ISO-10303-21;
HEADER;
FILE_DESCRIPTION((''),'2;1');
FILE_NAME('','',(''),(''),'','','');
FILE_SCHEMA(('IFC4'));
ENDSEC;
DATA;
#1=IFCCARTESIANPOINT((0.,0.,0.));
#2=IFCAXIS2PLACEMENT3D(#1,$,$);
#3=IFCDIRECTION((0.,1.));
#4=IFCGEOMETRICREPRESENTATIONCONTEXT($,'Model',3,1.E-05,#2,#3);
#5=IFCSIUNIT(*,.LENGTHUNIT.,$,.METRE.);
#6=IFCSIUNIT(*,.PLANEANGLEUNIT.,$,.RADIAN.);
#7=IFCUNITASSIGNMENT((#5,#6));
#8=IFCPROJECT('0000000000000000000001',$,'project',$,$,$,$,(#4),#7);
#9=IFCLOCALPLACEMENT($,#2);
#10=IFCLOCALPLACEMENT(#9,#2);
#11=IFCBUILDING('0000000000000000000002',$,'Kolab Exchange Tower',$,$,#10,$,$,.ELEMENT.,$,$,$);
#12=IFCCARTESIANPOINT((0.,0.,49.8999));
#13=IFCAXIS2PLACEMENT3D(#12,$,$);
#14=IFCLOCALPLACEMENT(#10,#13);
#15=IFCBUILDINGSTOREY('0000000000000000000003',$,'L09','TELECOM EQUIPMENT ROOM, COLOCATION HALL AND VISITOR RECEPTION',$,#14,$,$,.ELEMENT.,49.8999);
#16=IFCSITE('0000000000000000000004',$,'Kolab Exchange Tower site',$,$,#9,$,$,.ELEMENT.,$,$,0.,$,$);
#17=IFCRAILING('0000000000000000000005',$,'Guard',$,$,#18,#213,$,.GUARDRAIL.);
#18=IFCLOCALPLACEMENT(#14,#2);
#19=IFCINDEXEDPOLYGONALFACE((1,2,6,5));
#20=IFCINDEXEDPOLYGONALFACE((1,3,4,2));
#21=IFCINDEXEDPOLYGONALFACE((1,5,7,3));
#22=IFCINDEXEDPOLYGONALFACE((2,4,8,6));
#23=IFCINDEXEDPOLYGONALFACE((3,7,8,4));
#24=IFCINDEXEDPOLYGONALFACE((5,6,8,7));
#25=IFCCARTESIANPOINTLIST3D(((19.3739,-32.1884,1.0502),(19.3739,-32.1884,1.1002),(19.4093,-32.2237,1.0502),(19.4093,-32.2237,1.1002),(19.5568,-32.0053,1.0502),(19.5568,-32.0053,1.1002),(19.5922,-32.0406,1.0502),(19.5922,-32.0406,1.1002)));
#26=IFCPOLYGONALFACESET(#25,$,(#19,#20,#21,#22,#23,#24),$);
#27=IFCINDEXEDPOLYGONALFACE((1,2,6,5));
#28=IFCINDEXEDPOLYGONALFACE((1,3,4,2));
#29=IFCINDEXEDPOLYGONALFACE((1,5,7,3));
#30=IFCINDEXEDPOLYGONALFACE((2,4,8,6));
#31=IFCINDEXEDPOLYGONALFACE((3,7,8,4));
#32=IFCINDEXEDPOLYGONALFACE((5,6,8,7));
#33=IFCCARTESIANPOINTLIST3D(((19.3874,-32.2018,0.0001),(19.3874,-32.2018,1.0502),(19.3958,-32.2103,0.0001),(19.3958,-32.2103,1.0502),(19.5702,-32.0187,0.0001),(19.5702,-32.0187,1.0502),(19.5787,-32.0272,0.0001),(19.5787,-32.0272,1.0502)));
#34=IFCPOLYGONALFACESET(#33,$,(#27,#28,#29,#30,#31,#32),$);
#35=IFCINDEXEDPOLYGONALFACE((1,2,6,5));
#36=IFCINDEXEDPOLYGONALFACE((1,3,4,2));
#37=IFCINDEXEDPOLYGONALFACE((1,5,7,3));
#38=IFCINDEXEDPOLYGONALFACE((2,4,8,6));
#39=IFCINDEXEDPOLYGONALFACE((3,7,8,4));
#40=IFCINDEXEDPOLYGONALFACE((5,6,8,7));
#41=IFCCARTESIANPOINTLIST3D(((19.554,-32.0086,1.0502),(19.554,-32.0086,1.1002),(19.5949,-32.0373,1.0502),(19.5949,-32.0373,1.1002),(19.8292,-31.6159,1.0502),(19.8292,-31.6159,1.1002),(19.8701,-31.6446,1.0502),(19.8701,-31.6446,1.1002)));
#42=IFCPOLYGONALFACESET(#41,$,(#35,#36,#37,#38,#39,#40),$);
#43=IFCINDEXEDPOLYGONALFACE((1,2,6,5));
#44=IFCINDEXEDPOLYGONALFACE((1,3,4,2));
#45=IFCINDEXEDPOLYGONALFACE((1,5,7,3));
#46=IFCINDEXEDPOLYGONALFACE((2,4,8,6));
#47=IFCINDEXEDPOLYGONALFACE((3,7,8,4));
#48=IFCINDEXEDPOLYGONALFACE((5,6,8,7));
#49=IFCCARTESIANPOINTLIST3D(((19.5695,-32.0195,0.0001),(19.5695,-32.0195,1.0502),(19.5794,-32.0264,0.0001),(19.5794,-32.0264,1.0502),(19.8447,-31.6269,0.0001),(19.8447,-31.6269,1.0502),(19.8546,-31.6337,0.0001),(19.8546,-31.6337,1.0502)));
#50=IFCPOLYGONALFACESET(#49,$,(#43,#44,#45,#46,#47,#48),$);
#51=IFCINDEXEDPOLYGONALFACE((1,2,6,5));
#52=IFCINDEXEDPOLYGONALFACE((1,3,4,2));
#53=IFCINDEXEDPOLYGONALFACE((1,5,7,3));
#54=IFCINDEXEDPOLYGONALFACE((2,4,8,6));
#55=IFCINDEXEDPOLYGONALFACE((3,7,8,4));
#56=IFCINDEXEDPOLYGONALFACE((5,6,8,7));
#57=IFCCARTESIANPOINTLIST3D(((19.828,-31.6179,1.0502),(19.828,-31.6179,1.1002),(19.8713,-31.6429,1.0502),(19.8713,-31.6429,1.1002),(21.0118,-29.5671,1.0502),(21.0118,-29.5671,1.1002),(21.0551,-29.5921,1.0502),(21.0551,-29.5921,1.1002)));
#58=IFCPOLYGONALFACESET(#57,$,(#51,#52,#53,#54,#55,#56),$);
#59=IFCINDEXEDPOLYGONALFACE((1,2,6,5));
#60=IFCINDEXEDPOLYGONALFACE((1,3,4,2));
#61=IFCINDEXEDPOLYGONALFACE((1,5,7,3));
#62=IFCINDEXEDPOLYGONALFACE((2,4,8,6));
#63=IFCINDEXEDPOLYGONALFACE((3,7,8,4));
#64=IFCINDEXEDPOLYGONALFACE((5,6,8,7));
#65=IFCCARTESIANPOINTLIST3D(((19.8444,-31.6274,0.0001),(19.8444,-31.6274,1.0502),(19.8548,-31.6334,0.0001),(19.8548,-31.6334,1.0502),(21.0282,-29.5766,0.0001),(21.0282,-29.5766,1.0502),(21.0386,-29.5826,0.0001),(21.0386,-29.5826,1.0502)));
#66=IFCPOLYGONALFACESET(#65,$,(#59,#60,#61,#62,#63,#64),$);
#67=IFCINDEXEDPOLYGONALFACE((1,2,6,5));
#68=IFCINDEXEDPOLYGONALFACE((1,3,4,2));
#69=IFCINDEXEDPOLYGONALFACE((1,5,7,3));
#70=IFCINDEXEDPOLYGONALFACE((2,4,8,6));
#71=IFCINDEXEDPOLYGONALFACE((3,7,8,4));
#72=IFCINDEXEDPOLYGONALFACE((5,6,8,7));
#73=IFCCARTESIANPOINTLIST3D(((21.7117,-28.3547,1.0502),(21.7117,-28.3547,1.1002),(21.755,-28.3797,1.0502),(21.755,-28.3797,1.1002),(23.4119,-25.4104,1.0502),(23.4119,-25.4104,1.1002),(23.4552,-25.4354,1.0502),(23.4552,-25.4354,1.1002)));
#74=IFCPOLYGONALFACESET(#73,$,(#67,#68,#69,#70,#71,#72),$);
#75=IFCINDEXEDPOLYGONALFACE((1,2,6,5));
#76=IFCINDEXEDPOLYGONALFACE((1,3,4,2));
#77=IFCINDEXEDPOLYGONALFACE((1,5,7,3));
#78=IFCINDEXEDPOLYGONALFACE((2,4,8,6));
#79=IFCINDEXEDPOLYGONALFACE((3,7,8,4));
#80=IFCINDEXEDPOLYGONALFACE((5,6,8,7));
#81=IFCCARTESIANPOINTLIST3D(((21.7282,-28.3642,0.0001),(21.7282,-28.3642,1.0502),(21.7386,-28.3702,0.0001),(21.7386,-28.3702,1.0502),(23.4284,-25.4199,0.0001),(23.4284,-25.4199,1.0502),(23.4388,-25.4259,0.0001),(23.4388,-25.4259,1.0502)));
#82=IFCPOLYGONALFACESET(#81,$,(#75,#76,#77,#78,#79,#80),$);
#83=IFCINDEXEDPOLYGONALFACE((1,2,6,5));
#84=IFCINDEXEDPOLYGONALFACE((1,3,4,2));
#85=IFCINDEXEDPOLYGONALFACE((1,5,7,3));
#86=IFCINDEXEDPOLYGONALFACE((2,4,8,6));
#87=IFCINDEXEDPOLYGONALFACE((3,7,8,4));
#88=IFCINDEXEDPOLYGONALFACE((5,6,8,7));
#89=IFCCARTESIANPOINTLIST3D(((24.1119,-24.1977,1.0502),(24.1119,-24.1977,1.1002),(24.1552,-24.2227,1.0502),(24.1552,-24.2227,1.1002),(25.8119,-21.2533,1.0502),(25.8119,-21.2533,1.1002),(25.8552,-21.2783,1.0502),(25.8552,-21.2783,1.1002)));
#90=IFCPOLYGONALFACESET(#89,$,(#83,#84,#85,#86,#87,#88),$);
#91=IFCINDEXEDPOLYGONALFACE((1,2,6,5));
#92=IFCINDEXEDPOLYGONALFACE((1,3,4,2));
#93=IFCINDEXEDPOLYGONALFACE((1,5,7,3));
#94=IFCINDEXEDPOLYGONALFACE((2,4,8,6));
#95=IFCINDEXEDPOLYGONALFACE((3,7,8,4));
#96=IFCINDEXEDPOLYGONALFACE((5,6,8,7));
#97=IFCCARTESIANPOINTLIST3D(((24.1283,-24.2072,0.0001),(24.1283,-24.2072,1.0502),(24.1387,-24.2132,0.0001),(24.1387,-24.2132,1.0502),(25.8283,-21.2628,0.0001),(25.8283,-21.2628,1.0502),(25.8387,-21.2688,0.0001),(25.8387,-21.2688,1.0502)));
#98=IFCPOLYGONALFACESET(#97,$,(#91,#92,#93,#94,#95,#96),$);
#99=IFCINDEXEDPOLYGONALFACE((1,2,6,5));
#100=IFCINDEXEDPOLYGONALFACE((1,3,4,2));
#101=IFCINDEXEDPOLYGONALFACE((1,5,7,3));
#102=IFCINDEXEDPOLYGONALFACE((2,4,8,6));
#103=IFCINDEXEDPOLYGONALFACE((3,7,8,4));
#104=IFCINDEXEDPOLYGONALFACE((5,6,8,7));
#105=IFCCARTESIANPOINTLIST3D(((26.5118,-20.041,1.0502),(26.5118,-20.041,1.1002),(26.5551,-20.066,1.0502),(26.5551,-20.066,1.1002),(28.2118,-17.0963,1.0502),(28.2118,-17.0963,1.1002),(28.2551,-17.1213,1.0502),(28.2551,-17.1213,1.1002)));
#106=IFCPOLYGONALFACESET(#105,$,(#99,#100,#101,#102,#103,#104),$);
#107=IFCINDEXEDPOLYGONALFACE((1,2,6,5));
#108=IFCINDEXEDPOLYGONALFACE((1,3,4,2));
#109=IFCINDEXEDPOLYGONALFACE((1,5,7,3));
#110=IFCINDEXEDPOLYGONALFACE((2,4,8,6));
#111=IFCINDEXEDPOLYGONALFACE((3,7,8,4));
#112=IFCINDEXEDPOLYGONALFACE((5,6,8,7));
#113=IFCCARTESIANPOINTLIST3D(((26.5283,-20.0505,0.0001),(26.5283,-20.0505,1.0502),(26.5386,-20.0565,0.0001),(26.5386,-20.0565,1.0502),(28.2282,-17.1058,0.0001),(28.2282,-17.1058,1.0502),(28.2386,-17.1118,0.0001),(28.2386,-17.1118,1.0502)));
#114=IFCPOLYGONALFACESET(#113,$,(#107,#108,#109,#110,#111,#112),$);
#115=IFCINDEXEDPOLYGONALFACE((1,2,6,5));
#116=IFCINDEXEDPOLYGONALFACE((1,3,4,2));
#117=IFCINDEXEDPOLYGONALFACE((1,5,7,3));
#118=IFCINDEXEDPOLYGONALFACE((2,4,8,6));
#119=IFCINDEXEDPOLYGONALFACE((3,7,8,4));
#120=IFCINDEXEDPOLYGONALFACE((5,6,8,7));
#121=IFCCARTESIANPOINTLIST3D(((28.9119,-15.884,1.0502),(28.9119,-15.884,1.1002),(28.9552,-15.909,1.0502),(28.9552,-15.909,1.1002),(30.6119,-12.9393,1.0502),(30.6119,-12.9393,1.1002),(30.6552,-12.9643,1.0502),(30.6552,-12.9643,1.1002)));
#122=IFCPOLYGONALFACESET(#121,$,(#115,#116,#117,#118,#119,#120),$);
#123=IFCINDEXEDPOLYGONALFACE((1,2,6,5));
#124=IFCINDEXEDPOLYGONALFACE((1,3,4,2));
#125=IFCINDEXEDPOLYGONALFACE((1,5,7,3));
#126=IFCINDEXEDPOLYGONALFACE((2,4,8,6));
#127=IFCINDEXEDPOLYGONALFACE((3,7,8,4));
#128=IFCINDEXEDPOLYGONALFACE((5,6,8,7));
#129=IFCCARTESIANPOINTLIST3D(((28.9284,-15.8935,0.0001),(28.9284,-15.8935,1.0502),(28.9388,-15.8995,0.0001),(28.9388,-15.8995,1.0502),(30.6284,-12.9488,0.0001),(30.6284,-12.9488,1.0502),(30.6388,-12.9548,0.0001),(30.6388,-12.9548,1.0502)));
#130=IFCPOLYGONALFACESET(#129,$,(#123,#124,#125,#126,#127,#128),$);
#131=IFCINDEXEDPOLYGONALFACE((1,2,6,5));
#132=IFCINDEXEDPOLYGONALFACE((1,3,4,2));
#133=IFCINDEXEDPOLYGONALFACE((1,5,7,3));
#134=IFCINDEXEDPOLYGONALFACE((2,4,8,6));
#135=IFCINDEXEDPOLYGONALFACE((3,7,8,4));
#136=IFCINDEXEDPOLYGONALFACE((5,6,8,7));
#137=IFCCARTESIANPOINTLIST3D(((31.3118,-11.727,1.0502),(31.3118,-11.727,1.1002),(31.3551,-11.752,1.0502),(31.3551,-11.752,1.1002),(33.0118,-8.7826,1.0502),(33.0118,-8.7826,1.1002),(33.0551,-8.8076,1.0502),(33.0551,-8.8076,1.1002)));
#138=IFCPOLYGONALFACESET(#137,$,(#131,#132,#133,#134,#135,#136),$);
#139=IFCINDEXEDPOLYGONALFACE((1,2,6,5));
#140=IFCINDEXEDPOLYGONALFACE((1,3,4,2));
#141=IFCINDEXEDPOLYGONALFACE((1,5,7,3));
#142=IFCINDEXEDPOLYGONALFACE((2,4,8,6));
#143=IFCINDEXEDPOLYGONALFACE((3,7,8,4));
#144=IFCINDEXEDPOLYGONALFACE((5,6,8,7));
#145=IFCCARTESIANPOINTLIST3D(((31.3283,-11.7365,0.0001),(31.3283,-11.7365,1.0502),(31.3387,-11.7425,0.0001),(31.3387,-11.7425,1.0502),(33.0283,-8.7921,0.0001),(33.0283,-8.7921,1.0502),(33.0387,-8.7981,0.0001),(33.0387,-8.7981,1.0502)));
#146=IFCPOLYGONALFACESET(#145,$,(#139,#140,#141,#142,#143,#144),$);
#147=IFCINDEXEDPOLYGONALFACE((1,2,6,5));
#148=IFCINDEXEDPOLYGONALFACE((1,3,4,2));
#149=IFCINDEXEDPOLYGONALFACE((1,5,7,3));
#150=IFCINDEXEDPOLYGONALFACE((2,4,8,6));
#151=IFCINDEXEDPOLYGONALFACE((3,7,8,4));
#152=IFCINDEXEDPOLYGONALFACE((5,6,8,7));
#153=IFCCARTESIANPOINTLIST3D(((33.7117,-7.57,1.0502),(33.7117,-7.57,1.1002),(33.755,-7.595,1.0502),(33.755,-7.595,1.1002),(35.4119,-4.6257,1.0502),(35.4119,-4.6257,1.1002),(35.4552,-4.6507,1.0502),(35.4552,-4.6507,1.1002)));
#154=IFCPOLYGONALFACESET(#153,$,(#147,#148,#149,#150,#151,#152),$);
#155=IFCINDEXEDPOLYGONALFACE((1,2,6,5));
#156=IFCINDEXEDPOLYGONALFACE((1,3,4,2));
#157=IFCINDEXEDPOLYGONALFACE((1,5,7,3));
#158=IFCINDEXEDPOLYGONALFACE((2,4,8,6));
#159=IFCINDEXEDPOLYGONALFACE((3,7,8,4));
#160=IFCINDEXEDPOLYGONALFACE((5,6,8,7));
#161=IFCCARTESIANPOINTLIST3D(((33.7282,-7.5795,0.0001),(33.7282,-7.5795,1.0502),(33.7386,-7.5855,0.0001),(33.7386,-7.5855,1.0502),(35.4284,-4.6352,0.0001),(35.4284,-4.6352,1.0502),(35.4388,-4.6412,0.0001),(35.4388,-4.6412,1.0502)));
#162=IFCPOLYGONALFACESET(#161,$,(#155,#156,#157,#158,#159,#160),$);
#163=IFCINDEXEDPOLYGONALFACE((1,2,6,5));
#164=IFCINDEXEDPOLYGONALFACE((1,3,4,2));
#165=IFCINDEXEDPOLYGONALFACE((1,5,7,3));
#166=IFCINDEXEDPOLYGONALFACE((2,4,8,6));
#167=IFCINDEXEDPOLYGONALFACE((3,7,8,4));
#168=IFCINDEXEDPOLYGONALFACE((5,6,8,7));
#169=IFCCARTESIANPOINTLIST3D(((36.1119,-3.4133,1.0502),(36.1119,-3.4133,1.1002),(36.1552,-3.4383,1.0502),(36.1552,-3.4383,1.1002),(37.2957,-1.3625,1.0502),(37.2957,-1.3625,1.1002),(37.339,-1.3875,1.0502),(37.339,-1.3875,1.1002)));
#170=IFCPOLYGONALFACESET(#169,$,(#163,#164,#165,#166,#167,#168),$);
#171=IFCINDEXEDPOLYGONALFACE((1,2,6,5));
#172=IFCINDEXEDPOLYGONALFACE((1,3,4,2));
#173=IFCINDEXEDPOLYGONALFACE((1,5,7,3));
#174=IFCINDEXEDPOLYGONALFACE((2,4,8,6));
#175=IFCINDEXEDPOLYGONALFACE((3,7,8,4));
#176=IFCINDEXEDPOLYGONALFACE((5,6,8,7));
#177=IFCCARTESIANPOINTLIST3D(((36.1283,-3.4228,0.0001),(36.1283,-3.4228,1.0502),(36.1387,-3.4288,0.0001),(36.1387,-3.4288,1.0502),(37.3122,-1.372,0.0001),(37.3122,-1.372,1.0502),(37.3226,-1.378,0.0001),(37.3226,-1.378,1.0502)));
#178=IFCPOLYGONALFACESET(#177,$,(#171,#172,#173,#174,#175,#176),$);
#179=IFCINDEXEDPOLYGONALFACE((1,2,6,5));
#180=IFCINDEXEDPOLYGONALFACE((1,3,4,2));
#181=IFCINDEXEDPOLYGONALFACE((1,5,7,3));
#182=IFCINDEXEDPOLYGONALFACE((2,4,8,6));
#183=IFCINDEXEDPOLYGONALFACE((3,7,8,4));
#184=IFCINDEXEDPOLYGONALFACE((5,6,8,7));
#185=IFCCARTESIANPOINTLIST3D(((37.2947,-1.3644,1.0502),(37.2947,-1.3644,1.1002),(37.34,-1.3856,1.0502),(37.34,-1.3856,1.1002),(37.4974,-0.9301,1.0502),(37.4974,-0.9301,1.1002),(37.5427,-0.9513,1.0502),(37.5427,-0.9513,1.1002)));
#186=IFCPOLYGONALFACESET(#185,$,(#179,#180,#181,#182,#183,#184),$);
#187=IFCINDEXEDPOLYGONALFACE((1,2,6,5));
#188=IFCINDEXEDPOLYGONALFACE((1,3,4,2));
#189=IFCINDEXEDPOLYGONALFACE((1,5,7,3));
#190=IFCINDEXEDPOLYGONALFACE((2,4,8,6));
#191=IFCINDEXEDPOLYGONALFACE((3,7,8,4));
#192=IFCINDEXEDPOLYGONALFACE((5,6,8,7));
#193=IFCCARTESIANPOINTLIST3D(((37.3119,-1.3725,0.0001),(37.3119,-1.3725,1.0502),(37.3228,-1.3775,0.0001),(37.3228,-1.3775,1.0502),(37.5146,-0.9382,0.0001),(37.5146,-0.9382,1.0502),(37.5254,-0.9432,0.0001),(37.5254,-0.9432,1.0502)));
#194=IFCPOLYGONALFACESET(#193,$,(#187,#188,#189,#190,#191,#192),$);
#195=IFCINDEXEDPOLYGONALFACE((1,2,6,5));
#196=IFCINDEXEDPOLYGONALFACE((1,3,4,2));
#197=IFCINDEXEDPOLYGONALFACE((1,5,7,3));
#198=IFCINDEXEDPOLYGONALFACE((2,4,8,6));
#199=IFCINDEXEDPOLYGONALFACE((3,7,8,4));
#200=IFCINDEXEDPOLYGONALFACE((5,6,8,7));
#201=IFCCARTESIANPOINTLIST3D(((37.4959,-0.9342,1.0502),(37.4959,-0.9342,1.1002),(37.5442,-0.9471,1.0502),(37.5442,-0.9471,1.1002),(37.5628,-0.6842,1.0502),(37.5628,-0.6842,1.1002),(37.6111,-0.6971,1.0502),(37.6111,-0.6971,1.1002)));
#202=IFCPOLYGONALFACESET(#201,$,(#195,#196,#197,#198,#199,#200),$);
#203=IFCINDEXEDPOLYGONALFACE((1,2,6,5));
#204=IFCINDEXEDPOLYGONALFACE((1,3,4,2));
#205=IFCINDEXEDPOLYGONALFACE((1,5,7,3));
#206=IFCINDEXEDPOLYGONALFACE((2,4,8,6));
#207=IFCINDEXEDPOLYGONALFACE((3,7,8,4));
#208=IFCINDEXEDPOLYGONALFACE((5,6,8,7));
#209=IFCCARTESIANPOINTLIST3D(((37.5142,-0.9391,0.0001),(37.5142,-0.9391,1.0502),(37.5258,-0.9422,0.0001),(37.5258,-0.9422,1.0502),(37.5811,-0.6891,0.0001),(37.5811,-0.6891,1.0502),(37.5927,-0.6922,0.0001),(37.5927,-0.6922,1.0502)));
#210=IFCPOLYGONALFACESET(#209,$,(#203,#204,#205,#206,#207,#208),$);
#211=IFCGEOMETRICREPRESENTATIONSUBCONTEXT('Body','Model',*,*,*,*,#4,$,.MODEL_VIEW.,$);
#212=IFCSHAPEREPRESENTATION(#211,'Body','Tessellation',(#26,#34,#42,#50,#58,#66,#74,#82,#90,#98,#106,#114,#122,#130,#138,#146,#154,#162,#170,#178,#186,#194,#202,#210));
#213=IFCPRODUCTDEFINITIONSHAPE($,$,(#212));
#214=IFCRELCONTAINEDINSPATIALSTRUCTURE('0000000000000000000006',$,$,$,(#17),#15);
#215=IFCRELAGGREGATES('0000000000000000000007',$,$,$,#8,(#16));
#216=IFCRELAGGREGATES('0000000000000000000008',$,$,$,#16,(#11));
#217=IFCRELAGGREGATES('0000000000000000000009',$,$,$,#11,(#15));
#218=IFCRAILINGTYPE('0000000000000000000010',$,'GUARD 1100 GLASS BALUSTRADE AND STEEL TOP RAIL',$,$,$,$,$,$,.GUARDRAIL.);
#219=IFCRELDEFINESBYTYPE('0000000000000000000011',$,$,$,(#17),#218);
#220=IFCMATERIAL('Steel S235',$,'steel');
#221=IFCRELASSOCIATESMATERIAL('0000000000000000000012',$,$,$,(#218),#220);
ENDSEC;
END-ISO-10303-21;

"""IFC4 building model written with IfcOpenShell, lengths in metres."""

from ifc_helpers import new_model, si_unit, direction, frame, frame_2d, origin, origin_2d, place, context, subcontext, project, spatial, rectangle, extrude, material, type_object, element, save


model = new_model("IFC4")

# Units and contexts
model_context = context("Model", 3, precision=1e-05, world=origin(), true_north=direction((0.0, 1.0)))
body_context = subcontext(model_context, "Body", "Model", "MODEL_VIEW")
ifc_project = project(units=[si_unit("LENGTHUNIT", "METRE"), si_unit("PLANEANGLEUNIT", "RADIAN")], contexts=[model_context])

# Site, building, storey
site_placement = place(None, origin())
site = spatial("IfcSite", under=ifc_project, at=site_placement, Name="Kolab Exchange Tower site", CompositionType="ELEMENT", RefElevation=0.0)
building_placement = place(site_placement, origin())
building = spatial("IfcBuilding", under=site, at=building_placement, Name="Kolab Exchange Tower", CompositionType="ELEMENT")
storey_placement = place(building_placement, frame((0.0, 0.0, 49.8999)))
storey = spatial("IfcBuildingStorey", under=building, at=storey_placement, Name="L09", Description="TELECOM EQUIPMENT ROOM, COLOCATION HALL AND VISITOR RECEPTION", CompositionType="ELEMENT", Elevation=49.8999)

# Railing
ifc_material_1 = material(Name="Steel S235", Category="steel")
railing_type = type_object("IfcRailingType", Name="GUARD 1100 GLASS BALUSTRADE AND STEEL TOP RAIL", PredefinedType="GUARDRAIL", material=ifc_material_1)
railing_placement = place(storey_placement, frame((19.3916, -32.2061, 0.0)))
element("IfcRailing", 1, at=railing_placement, inside=storey, type_object=railing_type, Name="Guard", PredefinedType="GUARDRAIL", context=body_context, shape_type="SweptSolid", body=[
    extrude(rectangle(XDim=0.05, YDim=0.05, at=origin_2d()), frame((0.0, 0.0, 1.0752), z_axis=(0.706635, 0.707578, 0.0), x_axis=(-0.707578, 0.706635, 0.0)), (0.0, 0.0, 1.0), 0.2588),
    extrude(rectangle(XDim=0.012, YDim=1.0501, at=frame_2d((0.0, 0.5251))), frame((0.0, 0.0, 0.0), z_axis=(0.706635, 0.707578, 0.0), x_axis=(-0.707578, 0.706635, 0.0)), (0.0, 0.0, 1.0), 0.2588),
    extrude(rectangle(XDim=0.05, YDim=0.05, at=origin_2d()), frame((0.1829, 0.1831, 1.0752), z_axis=(0.573941, 0.818897, 0.0), x_axis=(-0.818897, 0.573941, 0.0)), (0.0, 0.0, 1.0), 0.4795),
    extrude(rectangle(XDim=0.012, YDim=1.0501, at=frame_2d((0.0, 0.5251))), frame((0.1829, 0.1831, 0.0), z_axis=(0.573941, 0.818897, 0.0), x_axis=(-0.818897, 0.573941, 0.0)), (0.0, 0.0, 1.0), 0.4795),
    extrude(rectangle(XDim=0.05, YDim=0.05, at=origin_2d()), frame((0.458, 0.5757, 1.0752), z_axis=(0.499943, 0.866059, 0.0), x_axis=(-0.866059, 0.499943, 0.0)), (0.0, 0.0, 1.0), 2.3679),
    extrude(rectangle(XDim=0.012, YDim=1.0501, at=frame_2d((0.0, 0.5251))), frame((0.458, 0.5757, 0.0), z_axis=(0.499943, 0.866059, 0.0), x_axis=(-0.866059, 0.499943, 0.0)), (0.0, 0.0, 1.0), 2.3679),
    extrude(rectangle(XDim=0.05, YDim=0.05, at=origin_2d()), frame((2.3418, 3.8389, 1.0752), z_axis=(0.500062, 0.865989, 0.0), x_axis=(-0.865989, 0.500062, 0.0)), (0.0, 0.0, 1.0), 3.3999),
    extrude(rectangle(XDim=0.012, YDim=1.0501, at=frame_2d((0.0, 0.5251))), frame((2.3418, 3.8389, 0.0), z_axis=(0.500062, 0.865989, 0.0), x_axis=(-0.865989, 0.500062, 0.0)), (0.0, 0.0, 1.0), 3.3999),
    extrude(rectangle(XDim=0.05, YDim=0.05, at=origin_2d()), frame((4.7419, 7.9958, 1.0752), z_axis=(0.500008, 0.866021, 0.0), x_axis=(-0.866021, 0.500008, 0.0)), (0.0, 0.0, 1.0), 3.3999),
    extrude(rectangle(XDim=0.012, YDim=1.0501, at=frame_2d((0.0, 0.5251))), frame((4.7419, 7.9958, 0.0), z_axis=(0.500008, 0.866021, 0.0), x_axis=(-0.866021, 0.500008, 0.0)), (0.0, 0.0, 1.0), 3.3999),
    extrude(rectangle(XDim=0.05, YDim=0.05, at=origin_2d()), frame((7.1418, 12.1526, 1.0752), z_axis=(0.499977, 0.866039, 0.0), x_axis=(-0.866039, 0.499977, 0.0)), (0.0, 0.0, 1.0), 3.4001),
    extrude(rectangle(XDim=0.012, YDim=1.0501, at=frame_2d((0.0, 0.5251))), frame((7.1418, 12.1526, 0.0), z_axis=(0.499977, 0.866039, 0.0), x_axis=(-0.866039, 0.499977, 0.0)), (0.0, 0.0, 1.0), 3.4001),
    extrude(rectangle(XDim=0.05, YDim=0.05, at=origin_2d()), frame((9.542, 16.3096, 1.0752), z_axis=(0.499977, 0.866039, 0.0), x_axis=(-0.866039, 0.499977, 0.0)), (0.0, 0.0, 1.0), 3.4001),
    extrude(rectangle(XDim=0.012, YDim=1.0501, at=frame_2d((0.0, 0.5251))), frame((9.542, 16.3096, 0.0), z_axis=(0.499977, 0.866039, 0.0), x_axis=(-0.866039, 0.499977, 0.0)), (0.0, 0.0, 1.0), 3.4001),
    extrude(rectangle(XDim=0.05, YDim=0.05, at=origin_2d()), frame((11.9419, 20.4666, 1.0752), z_axis=(0.500008, 0.866021, 0.0), x_axis=(-0.866021, 0.500008, 0.0)), (0.0, 0.0, 1.0), 3.3999),
    extrude(rectangle(XDim=0.012, YDim=1.0501, at=frame_2d((0.0, 0.5251))), frame((11.9419, 20.4666, 0.0), z_axis=(0.500008, 0.866021, 0.0), x_axis=(-0.866021, 0.500008, 0.0)), (0.0, 0.0, 1.0), 3.3999),
    extrude(rectangle(XDim=0.05, YDim=0.05, at=origin_2d()), frame((14.3418, 24.6235, 1.0752), z_axis=(0.500062, 0.865989, 0.0), x_axis=(-0.865989, 0.500062, 0.0)), (0.0, 0.0, 1.0), 3.3999),
    extrude(rectangle(XDim=0.012, YDim=1.0501, at=frame_2d((0.0, 0.5251))), frame((14.3418, 24.6235, 0.0), z_axis=(0.500062, 0.865989, 0.0), x_axis=(-0.865989, 0.500062, 0.0)), (0.0, 0.0, 1.0), 3.3999),
    extrude(rectangle(XDim=0.05, YDim=0.05, at=origin_2d()), frame((16.7419, 28.7803, 1.0752), z_axis=(0.499943, 0.866059, 0.0), x_axis=(-0.866059, 0.499943, 0.0)), (0.0, 0.0, 1.0), 2.3679),
    extrude(rectangle(XDim=0.012, YDim=1.0501, at=frame_2d((0.0, 0.5251))), frame((16.7419, 28.7803, 0.0), z_axis=(0.499943, 0.866059, 0.0), x_axis=(-0.866059, 0.499943, 0.0)), (0.0, 0.0, 1.0), 2.3679),
    extrude(rectangle(XDim=0.05, YDim=0.05, at=origin_2d()), frame((17.9258, 30.8311, 1.0752), z_axis=(0.422802, 0.906222, 0.0), x_axis=(-0.906222, 0.422802, 0.0)), (0.0, 0.0, 1.0), 0.4792),
    extrude(rectangle(XDim=0.012, YDim=1.0501, at=frame_2d((0.0, 0.5251))), frame((17.9258, 30.8311, 0.0), z_axis=(0.422802, 0.906222, 0.0), x_axis=(-0.906222, 0.422802, 0.0)), (0.0, 0.0, 1.0), 0.4792),
    extrude(rectangle(XDim=0.05, YDim=0.05, at=origin_2d()), frame((18.1284, 31.2654, 1.0752), z_axis=(0.258485, 0.966015, 0.0), x_axis=(-0.966015, 0.258485, 0.0)), (0.0, 0.0, 1.0), 0.2588),
    extrude(rectangle(XDim=0.012, YDim=1.0501, at=frame_2d((0.0, 0.5251))), frame((18.1284, 31.2654, 0.0), z_axis=(0.258485, 0.966015, 0.0), x_axis=(-0.966015, 0.258485, 0.0)), (0.0, 0.0, 1.0), 0.2588),
])

save(model, "model.ifc")
